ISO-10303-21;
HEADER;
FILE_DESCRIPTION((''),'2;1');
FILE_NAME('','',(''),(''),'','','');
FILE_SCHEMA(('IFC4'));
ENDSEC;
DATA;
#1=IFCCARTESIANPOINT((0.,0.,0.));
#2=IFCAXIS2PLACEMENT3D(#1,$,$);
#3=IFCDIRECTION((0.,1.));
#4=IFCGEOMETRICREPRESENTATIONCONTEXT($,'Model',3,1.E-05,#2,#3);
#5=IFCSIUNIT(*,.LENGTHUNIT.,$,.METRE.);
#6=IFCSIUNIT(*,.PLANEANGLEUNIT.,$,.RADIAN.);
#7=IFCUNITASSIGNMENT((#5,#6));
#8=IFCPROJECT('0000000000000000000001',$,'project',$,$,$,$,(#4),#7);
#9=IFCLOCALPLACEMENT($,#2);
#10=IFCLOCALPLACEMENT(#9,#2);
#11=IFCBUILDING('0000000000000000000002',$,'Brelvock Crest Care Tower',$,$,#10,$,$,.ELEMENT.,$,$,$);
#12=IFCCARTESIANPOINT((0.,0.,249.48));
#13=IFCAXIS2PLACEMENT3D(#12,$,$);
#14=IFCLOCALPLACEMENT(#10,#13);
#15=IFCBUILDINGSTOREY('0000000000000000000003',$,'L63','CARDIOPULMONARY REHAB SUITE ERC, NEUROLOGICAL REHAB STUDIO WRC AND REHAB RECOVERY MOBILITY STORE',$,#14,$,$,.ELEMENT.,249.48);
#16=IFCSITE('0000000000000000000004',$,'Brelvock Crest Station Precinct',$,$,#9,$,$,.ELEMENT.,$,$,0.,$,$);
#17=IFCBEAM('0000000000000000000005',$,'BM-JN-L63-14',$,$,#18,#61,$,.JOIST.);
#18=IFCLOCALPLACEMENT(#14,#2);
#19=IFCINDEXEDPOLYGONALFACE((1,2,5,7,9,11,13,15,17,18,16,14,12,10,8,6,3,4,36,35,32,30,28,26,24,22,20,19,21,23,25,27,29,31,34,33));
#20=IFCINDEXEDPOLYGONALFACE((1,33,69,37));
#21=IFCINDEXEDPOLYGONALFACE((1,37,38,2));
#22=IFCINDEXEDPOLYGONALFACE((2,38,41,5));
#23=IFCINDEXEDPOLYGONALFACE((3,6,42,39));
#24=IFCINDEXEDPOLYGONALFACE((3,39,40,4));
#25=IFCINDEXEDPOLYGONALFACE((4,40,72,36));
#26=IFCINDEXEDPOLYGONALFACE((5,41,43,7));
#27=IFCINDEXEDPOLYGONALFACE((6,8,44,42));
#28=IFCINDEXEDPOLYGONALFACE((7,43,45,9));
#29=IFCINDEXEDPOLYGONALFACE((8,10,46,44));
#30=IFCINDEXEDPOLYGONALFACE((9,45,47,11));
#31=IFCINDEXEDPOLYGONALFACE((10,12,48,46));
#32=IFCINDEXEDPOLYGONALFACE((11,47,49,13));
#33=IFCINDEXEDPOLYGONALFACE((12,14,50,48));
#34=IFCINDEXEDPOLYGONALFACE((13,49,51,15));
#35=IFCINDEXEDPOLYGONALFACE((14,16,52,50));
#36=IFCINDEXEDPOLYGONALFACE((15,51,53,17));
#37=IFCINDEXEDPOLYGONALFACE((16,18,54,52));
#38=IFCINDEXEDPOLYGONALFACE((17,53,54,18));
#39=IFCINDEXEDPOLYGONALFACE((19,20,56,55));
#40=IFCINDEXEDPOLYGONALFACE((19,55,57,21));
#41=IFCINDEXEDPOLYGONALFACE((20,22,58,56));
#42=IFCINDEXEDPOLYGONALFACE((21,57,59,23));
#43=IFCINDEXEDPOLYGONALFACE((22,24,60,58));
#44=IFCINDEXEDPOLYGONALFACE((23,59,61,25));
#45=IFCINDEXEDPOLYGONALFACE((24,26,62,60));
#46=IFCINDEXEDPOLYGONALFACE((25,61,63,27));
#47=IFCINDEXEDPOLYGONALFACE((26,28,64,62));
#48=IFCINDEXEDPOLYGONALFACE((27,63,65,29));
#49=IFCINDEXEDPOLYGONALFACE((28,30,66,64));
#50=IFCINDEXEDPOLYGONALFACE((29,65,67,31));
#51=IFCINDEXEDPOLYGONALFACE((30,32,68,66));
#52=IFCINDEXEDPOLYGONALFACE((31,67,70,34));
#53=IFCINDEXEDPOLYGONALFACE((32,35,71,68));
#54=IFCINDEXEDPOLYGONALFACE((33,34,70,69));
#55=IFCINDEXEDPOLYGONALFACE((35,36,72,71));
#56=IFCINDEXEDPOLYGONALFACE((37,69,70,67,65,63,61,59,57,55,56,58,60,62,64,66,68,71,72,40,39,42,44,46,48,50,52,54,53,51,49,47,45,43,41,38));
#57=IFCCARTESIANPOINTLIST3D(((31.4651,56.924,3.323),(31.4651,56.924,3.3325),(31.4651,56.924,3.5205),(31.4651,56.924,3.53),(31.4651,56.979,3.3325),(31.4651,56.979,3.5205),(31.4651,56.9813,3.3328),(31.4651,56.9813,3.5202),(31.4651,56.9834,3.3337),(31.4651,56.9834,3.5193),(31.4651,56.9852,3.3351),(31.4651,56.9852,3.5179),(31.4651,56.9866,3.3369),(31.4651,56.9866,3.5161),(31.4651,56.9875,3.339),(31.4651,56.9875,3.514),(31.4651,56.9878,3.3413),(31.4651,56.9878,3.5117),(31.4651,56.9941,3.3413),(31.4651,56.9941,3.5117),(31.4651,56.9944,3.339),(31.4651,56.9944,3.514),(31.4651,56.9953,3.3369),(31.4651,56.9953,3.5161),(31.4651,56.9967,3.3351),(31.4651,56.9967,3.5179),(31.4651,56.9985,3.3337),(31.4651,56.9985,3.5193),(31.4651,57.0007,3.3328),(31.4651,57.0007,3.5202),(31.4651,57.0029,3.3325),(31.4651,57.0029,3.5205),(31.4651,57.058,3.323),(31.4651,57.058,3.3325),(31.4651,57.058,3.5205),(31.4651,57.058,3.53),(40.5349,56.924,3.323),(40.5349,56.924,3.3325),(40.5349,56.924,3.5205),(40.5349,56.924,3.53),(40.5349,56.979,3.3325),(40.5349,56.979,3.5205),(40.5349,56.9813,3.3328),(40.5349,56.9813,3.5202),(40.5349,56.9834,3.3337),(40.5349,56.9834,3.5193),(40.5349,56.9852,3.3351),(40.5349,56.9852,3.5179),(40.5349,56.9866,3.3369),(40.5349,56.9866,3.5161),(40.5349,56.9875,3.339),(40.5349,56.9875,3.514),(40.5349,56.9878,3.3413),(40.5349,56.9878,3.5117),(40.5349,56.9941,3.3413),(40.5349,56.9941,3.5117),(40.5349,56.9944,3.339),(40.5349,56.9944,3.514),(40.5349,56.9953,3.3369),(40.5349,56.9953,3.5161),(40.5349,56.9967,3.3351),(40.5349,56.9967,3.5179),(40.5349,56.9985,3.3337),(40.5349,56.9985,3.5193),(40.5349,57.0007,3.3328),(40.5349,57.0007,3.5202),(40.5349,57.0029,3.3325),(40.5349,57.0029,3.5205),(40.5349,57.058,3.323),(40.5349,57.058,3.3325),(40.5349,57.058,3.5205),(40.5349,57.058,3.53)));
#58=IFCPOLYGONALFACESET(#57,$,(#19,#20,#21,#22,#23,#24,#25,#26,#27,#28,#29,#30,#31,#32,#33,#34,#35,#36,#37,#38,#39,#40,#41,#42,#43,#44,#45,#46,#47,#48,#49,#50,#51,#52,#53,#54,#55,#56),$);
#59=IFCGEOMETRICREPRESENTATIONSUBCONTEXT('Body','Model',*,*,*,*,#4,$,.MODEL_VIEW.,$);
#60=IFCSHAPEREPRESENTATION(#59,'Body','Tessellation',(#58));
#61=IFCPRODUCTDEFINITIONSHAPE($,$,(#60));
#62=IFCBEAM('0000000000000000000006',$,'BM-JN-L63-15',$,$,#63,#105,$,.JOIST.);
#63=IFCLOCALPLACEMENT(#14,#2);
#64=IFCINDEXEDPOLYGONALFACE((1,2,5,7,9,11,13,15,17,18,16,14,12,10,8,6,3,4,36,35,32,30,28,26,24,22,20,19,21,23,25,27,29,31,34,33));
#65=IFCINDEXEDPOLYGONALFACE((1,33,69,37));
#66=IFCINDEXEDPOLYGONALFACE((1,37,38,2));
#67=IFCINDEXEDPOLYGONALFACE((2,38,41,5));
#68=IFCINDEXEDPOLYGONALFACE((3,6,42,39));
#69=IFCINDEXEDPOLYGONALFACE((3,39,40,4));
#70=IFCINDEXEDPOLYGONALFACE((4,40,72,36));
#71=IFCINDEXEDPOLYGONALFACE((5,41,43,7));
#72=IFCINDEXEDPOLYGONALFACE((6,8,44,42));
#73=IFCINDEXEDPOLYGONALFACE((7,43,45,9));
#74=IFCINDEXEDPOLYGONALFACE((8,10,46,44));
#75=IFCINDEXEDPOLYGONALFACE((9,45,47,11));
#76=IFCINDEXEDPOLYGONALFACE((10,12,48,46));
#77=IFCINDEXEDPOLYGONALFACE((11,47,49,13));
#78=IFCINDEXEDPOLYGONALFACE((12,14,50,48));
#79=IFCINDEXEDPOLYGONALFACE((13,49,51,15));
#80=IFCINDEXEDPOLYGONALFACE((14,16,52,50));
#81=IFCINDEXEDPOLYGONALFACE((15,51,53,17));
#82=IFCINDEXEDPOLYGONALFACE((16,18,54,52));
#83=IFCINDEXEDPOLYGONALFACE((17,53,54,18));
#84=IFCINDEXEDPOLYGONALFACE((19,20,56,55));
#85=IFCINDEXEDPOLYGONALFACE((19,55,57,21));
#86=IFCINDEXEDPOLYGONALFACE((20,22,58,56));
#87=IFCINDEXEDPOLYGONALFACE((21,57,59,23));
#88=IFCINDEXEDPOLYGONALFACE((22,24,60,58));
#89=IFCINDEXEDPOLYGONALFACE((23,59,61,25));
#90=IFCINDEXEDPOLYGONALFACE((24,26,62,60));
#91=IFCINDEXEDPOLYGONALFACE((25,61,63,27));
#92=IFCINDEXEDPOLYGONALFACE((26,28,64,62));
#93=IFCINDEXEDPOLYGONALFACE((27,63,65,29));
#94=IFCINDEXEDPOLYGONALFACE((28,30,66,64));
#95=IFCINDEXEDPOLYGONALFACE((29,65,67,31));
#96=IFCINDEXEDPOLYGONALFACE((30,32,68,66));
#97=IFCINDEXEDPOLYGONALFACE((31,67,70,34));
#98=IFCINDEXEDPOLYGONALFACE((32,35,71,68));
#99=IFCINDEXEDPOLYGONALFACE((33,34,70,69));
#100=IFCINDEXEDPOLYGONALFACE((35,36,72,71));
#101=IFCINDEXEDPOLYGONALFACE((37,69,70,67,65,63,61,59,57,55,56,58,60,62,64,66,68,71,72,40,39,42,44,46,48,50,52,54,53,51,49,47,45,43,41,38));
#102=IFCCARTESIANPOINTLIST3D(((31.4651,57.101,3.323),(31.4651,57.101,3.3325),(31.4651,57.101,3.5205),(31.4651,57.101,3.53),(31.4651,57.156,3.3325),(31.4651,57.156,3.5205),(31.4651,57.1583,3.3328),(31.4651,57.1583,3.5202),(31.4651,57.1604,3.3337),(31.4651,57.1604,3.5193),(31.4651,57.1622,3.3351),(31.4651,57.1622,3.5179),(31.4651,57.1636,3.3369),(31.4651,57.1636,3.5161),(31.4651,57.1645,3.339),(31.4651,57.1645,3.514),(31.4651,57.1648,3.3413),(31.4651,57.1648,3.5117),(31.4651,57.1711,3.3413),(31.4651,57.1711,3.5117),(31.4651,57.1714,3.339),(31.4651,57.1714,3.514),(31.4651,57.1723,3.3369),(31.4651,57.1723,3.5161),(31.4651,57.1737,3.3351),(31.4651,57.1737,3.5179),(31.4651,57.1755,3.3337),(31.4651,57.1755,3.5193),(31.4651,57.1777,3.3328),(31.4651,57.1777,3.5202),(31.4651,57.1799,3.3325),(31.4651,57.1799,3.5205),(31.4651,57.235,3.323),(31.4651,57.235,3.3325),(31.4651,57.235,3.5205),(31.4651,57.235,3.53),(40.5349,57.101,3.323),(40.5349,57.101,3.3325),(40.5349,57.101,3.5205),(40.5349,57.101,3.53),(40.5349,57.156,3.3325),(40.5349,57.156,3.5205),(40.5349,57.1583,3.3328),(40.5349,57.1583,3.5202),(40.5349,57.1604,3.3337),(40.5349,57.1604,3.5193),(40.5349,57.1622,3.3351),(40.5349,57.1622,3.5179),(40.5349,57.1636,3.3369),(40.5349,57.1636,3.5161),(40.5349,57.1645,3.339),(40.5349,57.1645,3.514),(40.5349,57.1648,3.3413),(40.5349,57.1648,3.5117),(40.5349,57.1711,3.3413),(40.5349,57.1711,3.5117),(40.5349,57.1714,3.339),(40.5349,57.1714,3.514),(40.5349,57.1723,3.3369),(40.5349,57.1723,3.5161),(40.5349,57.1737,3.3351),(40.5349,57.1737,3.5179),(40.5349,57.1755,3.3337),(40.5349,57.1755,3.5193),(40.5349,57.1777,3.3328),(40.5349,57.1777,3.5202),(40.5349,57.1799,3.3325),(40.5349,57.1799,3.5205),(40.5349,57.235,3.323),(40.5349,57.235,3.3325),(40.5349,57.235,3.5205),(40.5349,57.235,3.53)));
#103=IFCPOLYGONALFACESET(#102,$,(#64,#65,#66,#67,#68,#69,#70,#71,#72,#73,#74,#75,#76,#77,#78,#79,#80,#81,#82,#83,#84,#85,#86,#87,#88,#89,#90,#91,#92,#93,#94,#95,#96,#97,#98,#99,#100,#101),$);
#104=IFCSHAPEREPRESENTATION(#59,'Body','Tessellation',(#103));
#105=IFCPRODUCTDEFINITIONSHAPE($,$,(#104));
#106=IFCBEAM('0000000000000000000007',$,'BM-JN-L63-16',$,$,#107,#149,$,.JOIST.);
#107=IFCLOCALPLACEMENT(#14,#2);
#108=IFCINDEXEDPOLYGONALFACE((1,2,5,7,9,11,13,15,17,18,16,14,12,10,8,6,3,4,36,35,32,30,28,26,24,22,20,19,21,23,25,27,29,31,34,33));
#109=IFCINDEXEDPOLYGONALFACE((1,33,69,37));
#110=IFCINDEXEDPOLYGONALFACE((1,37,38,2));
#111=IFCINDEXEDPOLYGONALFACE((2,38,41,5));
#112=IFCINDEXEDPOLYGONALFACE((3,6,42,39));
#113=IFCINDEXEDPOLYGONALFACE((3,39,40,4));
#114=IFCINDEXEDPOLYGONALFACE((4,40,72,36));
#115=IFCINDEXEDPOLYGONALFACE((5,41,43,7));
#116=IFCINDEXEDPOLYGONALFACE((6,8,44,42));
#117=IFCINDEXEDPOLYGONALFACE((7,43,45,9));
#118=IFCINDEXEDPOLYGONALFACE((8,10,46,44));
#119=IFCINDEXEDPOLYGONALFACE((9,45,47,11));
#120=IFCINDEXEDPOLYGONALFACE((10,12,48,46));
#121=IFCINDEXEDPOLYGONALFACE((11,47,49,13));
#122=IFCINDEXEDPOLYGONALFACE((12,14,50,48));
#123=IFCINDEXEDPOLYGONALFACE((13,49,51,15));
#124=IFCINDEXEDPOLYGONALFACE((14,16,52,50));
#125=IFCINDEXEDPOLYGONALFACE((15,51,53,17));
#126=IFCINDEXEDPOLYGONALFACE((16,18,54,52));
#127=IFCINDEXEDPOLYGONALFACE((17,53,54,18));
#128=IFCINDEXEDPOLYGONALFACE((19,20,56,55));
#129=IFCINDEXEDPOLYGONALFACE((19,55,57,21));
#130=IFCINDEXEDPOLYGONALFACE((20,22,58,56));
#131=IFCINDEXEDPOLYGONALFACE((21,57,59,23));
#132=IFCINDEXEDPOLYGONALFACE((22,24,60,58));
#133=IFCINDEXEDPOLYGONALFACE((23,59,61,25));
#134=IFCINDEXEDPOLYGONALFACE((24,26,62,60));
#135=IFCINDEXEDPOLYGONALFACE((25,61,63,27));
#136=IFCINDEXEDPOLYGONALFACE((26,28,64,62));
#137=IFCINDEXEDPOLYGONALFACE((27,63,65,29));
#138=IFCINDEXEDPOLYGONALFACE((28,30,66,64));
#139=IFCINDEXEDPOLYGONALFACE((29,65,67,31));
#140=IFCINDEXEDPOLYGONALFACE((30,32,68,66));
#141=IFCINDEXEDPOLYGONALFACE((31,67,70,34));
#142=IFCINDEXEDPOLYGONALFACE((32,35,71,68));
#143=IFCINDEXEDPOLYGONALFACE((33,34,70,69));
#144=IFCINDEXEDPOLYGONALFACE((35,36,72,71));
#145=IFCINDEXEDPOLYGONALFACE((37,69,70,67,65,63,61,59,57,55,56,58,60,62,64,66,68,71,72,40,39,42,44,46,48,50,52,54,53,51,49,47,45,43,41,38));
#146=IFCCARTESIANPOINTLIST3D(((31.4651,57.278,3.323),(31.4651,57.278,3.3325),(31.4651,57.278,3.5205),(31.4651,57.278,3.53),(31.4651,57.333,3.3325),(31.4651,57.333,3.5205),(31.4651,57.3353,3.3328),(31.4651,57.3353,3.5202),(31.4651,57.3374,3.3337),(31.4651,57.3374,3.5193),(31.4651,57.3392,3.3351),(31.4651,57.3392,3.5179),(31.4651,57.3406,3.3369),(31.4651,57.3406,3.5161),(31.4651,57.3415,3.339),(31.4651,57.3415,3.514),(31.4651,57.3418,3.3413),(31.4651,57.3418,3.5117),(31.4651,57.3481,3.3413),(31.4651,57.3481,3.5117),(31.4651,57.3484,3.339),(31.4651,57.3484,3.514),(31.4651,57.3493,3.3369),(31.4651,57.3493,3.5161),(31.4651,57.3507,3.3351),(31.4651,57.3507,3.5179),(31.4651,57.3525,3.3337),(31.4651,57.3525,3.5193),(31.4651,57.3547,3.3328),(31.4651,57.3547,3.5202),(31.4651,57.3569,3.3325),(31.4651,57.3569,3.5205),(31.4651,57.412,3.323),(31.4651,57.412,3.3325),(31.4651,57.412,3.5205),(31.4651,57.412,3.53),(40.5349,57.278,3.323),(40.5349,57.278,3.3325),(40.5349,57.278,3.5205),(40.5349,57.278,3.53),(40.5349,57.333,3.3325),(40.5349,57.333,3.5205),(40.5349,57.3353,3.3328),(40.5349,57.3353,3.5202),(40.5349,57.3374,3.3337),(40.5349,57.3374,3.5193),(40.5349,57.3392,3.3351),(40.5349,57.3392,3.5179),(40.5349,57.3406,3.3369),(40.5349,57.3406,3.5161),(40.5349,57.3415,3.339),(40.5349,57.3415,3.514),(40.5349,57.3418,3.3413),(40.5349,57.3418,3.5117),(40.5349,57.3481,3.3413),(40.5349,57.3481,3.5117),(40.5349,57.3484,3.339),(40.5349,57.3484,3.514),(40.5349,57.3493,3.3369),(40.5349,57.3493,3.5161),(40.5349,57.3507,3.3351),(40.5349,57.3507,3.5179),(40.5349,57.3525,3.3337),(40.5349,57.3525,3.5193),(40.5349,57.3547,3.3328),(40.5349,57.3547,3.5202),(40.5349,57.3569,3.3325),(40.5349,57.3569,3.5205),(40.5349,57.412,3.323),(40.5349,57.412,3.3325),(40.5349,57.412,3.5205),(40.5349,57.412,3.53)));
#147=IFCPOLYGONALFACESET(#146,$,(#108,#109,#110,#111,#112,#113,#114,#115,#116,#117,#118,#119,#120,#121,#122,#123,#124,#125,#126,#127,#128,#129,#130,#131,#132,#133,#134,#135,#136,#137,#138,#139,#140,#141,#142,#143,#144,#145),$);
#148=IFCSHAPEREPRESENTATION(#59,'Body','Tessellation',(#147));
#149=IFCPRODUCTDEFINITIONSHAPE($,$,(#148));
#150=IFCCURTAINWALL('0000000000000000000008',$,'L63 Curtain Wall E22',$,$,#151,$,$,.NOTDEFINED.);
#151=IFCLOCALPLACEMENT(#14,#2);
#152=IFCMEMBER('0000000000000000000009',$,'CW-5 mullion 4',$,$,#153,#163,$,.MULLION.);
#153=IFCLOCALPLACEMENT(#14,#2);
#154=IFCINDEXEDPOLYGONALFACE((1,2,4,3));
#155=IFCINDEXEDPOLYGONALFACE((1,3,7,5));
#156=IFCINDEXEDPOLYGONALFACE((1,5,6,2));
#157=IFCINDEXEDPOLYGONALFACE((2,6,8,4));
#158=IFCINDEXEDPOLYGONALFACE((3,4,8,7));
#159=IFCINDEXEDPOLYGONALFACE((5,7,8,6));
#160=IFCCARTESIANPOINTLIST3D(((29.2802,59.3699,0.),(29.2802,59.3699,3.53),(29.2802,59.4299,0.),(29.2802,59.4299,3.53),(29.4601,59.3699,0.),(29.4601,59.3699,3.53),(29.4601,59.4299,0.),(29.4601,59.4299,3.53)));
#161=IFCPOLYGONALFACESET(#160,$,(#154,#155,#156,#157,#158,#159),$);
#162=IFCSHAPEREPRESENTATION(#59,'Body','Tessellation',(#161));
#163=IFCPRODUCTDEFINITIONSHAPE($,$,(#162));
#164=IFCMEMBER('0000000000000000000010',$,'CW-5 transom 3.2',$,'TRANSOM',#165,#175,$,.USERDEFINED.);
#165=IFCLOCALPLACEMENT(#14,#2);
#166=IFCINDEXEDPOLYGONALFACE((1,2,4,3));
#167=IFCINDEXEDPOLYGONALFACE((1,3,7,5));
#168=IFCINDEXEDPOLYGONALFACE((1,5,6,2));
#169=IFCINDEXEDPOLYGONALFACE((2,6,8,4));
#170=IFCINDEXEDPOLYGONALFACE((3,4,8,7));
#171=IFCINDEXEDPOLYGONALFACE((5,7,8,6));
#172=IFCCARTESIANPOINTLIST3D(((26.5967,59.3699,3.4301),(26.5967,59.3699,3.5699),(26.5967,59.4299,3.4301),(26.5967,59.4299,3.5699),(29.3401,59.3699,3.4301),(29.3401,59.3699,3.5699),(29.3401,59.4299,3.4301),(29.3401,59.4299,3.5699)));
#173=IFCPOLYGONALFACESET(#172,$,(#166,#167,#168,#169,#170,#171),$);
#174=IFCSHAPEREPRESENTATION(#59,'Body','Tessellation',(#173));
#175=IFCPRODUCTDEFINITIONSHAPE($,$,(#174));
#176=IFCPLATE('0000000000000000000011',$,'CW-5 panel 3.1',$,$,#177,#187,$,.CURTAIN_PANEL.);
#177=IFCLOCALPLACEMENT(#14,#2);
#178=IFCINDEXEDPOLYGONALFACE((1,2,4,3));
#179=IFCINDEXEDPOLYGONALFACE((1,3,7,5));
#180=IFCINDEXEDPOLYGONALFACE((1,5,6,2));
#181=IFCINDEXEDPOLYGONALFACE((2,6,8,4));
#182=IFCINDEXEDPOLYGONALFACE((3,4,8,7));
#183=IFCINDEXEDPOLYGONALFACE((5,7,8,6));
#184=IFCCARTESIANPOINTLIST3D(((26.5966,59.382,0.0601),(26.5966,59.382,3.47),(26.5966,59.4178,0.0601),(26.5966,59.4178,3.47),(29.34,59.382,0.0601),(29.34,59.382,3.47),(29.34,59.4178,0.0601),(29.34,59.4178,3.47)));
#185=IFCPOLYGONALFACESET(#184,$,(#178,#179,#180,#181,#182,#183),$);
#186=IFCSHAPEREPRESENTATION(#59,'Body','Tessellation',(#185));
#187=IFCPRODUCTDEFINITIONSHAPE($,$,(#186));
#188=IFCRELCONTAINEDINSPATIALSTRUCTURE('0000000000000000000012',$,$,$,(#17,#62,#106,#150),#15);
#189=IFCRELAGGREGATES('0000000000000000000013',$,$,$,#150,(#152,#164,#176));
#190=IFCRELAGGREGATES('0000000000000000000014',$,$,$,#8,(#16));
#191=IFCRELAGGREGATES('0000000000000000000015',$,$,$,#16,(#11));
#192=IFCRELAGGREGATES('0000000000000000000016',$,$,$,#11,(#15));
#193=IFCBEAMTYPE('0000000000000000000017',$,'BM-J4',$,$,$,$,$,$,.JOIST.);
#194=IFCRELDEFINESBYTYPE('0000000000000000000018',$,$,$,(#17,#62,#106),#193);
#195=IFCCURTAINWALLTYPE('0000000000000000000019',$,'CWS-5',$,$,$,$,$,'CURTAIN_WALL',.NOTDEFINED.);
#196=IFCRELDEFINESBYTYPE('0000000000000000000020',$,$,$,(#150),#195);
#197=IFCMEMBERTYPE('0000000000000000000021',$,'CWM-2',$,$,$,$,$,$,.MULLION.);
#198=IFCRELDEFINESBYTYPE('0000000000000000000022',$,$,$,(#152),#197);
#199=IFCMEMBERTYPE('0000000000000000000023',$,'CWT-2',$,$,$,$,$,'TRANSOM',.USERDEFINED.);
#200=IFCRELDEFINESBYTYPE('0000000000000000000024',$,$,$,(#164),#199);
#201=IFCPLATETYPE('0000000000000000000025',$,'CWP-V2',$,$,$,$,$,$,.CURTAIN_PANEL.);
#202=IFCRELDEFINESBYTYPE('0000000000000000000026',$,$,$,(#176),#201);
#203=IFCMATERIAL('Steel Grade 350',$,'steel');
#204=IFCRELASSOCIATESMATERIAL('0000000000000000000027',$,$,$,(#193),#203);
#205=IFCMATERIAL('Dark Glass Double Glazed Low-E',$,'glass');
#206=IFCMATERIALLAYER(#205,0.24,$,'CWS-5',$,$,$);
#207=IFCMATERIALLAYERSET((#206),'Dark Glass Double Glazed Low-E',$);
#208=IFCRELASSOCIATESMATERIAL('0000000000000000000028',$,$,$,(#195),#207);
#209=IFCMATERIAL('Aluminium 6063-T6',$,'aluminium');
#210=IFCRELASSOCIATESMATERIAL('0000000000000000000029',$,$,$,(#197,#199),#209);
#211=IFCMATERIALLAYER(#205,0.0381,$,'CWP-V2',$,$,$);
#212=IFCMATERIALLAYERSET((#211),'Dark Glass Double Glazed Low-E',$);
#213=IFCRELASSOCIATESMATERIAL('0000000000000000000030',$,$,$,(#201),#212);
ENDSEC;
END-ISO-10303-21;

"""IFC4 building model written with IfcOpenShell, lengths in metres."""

from ifc_helpers import new_model, si_unit, direction, frame, origin, origin_2d, place, context, subcontext, project, spatial, rectangle, i_section, extrude, source, transform, mapped, material, layer, layer_set, material_profile, profile_set, type_object, element, aggregate, save


model = new_model("IFC4")

# Units and contexts
model_context = context("Model", 3, precision=1e-05, world=origin(), true_north=direction((0.0, 1.0)))
body_context = subcontext(model_context, "Body", "Model", "MODEL_VIEW")
ifc_project = project(units=[si_unit("LENGTHUNIT", "METRE"), si_unit("PLANEANGLEUNIT", "RADIAN")], contexts=[model_context])

# Site, building, storey
site_placement = place(None, origin())
site = spatial("IfcSite", under=ifc_project, at=site_placement, Name="Brelvock Crest Station Precinct", CompositionType="ELEMENT", RefElevation=0.0)
building_placement = place(site_placement, origin())
building = spatial("IfcBuilding", under=site, at=building_placement, Name="Brelvock Crest Care Tower", CompositionType="ELEMENT")
storey_placement = place(building_placement, frame((0.0, 0.0, 249.48)))
storey = spatial("IfcBuildingStorey", under=building, at=storey_placement, Name="L63", Description="CARDIOPULMONARY REHAB SUITE ERC, NEUROLOGICAL REHAB STUDIO WRC AND REHAB RECOVERY MOBILITY STORE", CompositionType="ELEMENT", Elevation=249.48)

# Shared definitions
ifc_material_1 = material(Name="Steel Grade 350", Category="steel")

# Beams
ifc_material_profile_1 = material_profile(ifc_material_1, i_section(OverallWidth=0.134, OverallDepth=0.207, WebThickness=0.0063, FlangeThickness=0.0095, FilletRadius=0.0088, at=origin_2d()), Name="200UB29.8")
ifc_profile_set_1 = profile_set([ifc_material_profile_1], Name="Steel Grade 350")
beam_type_1 = type_object("IfcBeamType", Name="BM-J4", PredefinedType="JOIST", material=ifc_profile_set_1)
shared_shape_1 = source(origin(), body_context, "Body", "SweptSolid", [
    extrude(i_section(OverallWidth=0.134, OverallDepth=0.207, WebThickness=0.0063, FlangeThickness=0.0095, FilletRadius=0.0088, at=origin_2d()), origin(), (0.0, 0.0, 1.0), 9.0698),
])
for number, where, z_axis, x_axis, name in (
    (1, (31.4651, 56.991, 3.4265), (1.0, 0.0, 0.0), (0.0, 1.0, 0.0), "BM-JN-L63-14"),
    (2, (31.4651, 57.168, 3.4265), (1.0, 0.0, 0.0), (0.0, 1.0, 0.0), "BM-JN-L63-15"),
    (3, (31.4651, 57.345, 3.4265), (1.0, 0.0, 0.0), (0.0, 1.0, 0.0), "BM-JN-L63-16"),
):
    element("IfcBeam", number, at=place(storey_placement, frame(where, z_axis=z_axis, x_axis=x_axis)), inside=storey, type_object=beam_type_1, Name=name, PredefinedType="JOIST", context=body_context, shape_type="MappedRepresentation", body=[
        mapped(shared_shape_1, transform((0.0, 0.0, 0.0), x_axis=(1.0, 0.0, 0.0), y_axis=(0.0, 1.0, 0.0), z_axis=(0.0, 0.0, 1.0), scale=1.0)),
    ])

# Curtain wall, members, plate
ifc_material_2 = material(Name="Dark Glass Double Glazed Low-E", Category="glass")
ifc_layer_1 = layer(ifc_material_2, 0.24, Name="CWS-5")
ifc_layer_set_1 = layer_set([ifc_layer_1], Name="Dark Glass Double Glazed Low-E")
curtain_wall_type = type_object("IfcCurtainWallType", Name="CWS-5", ElementType="CURTAIN_WALL", PredefinedType="NOTDEFINED", material=ifc_layer_set_1)
curtain_wall_placement = place(storey_placement, origin())
curtain_wall = element("IfcCurtainWall", 4, at=curtain_wall_placement, inside=storey, type_object=curtain_wall_type, Name="L63 Curtain Wall E22", PredefinedType="NOTDEFINED")
ifc_material_3 = material(Name="Aluminium 6063-T6", Category="aluminium")
ifc_material_profile_2 = material_profile(ifc_material_3, rectangle(XDim=0.0601, YDim=0.1799, at=origin_2d()), Name="ALU60x180")
ifc_profile_set_2 = profile_set([ifc_material_profile_2], Name="Aluminium 6063-T6")
member_type_1 = type_object("IfcMemberType", Name="CWM-2", PredefinedType="MULLION", material=ifc_profile_set_2)
shared_shape_2 = source(origin(), body_context, "Body", "SweptSolid", [
    extrude(rectangle(XDim=0.0601, YDim=0.1799, at=origin_2d()), origin(), (0.0, 0.0, 1.0), 3.53),
])
member_1_placement = place(storey_placement, frame((29.3701, 59.3999, 0.0), z_axis=(0.0, 0.0, 1.0), x_axis=(0.0, 1.0, 0.0)))
member_1 = element("IfcMember", 5, at=member_1_placement, type_object=member_type_1, Name="CW-5 mullion 4", PredefinedType="MULLION", context=body_context, shape_type="MappedRepresentation", body=[
    mapped(shared_shape_2, transform((0.0, 0.0, 0.0), x_axis=(1.0, 0.0, 0.0), y_axis=(0.0, 1.0, 0.0), z_axis=(0.0, 0.0, 1.0), scale=1.0)),
])
ifc_material_profile_3 = material_profile(ifc_material_3, rectangle(XDim=0.0601, YDim=0.1399, at=origin_2d()), Name="ALU60x140")
ifc_profile_set_3 = profile_set([ifc_material_profile_3], Name="Aluminium 6063-T6")
member_type_2 = type_object("IfcMemberType", Name="CWT-2", ElementType="TRANSOM", PredefinedType="USERDEFINED", material=ifc_profile_set_3)
shared_shape_3 = source(origin(), body_context, "Body", "SweptSolid", [
    extrude(rectangle(XDim=0.0601, YDim=0.1399, at=origin_2d()), origin(), (0.0, 0.0, 1.0), 2.7434),
])
member_2_placement = place(storey_placement, frame((26.5967, 59.3999, 3.5), z_axis=(1.0, 0.0, 0.0), x_axis=(0.0, 1.0, 0.0)))
member_2 = element("IfcMember", 6, at=member_2_placement, type_object=member_type_2, Name="CW-5 transom 3.2", ObjectType="TRANSOM", PredefinedType="USERDEFINED", context=body_context, shape_type="MappedRepresentation", body=[
    mapped(shared_shape_3, transform((0.0, 0.0, 0.0), x_axis=(1.0, 0.0, 0.0), y_axis=(0.0, 1.0, 0.0), z_axis=(0.0, 0.0, 1.0), scale=1.0)),
])
ifc_layer_2 = layer(ifc_material_2, 0.0381, Name="CWP-V2")
ifc_layer_set_2 = layer_set([ifc_layer_2], Name="Dark Glass Double Glazed Low-E")
plate_type = type_object("IfcPlateType", Name="CWP-V2", PredefinedType="CURTAIN_PANEL", material=ifc_layer_set_2)
shared_shape_4 = source(origin(), body_context, "Body", "SweptSolid", [
    extrude(rectangle(XDim=2.7434, YDim=0.0359, at=origin_2d()), origin(), (0.0, 0.0, 1.0), 3.4099),
])
plate_placement = place(storey_placement, frame((27.9683, 59.3999, 0.0601), z_axis=(0.0, 0.0, 1.0), x_axis=(1.0, 0.0, 0.0)))
plate = element("IfcPlate", 7, at=plate_placement, type_object=plate_type, Name="CW-5 panel 3.1", PredefinedType="CURTAIN_PANEL", context=body_context, shape_type="MappedRepresentation", body=[
    mapped(shared_shape_4, transform((0.0, 0.0, 0.0), x_axis=(1.0, 0.0, 0.0), y_axis=(0.0, 1.0, 0.0), z_axis=(0.0, 0.0, 1.0), scale=1.0)),
])
aggregate(curtain_wall, [member_1, member_2, plate])

save(model, "model.ifc")
